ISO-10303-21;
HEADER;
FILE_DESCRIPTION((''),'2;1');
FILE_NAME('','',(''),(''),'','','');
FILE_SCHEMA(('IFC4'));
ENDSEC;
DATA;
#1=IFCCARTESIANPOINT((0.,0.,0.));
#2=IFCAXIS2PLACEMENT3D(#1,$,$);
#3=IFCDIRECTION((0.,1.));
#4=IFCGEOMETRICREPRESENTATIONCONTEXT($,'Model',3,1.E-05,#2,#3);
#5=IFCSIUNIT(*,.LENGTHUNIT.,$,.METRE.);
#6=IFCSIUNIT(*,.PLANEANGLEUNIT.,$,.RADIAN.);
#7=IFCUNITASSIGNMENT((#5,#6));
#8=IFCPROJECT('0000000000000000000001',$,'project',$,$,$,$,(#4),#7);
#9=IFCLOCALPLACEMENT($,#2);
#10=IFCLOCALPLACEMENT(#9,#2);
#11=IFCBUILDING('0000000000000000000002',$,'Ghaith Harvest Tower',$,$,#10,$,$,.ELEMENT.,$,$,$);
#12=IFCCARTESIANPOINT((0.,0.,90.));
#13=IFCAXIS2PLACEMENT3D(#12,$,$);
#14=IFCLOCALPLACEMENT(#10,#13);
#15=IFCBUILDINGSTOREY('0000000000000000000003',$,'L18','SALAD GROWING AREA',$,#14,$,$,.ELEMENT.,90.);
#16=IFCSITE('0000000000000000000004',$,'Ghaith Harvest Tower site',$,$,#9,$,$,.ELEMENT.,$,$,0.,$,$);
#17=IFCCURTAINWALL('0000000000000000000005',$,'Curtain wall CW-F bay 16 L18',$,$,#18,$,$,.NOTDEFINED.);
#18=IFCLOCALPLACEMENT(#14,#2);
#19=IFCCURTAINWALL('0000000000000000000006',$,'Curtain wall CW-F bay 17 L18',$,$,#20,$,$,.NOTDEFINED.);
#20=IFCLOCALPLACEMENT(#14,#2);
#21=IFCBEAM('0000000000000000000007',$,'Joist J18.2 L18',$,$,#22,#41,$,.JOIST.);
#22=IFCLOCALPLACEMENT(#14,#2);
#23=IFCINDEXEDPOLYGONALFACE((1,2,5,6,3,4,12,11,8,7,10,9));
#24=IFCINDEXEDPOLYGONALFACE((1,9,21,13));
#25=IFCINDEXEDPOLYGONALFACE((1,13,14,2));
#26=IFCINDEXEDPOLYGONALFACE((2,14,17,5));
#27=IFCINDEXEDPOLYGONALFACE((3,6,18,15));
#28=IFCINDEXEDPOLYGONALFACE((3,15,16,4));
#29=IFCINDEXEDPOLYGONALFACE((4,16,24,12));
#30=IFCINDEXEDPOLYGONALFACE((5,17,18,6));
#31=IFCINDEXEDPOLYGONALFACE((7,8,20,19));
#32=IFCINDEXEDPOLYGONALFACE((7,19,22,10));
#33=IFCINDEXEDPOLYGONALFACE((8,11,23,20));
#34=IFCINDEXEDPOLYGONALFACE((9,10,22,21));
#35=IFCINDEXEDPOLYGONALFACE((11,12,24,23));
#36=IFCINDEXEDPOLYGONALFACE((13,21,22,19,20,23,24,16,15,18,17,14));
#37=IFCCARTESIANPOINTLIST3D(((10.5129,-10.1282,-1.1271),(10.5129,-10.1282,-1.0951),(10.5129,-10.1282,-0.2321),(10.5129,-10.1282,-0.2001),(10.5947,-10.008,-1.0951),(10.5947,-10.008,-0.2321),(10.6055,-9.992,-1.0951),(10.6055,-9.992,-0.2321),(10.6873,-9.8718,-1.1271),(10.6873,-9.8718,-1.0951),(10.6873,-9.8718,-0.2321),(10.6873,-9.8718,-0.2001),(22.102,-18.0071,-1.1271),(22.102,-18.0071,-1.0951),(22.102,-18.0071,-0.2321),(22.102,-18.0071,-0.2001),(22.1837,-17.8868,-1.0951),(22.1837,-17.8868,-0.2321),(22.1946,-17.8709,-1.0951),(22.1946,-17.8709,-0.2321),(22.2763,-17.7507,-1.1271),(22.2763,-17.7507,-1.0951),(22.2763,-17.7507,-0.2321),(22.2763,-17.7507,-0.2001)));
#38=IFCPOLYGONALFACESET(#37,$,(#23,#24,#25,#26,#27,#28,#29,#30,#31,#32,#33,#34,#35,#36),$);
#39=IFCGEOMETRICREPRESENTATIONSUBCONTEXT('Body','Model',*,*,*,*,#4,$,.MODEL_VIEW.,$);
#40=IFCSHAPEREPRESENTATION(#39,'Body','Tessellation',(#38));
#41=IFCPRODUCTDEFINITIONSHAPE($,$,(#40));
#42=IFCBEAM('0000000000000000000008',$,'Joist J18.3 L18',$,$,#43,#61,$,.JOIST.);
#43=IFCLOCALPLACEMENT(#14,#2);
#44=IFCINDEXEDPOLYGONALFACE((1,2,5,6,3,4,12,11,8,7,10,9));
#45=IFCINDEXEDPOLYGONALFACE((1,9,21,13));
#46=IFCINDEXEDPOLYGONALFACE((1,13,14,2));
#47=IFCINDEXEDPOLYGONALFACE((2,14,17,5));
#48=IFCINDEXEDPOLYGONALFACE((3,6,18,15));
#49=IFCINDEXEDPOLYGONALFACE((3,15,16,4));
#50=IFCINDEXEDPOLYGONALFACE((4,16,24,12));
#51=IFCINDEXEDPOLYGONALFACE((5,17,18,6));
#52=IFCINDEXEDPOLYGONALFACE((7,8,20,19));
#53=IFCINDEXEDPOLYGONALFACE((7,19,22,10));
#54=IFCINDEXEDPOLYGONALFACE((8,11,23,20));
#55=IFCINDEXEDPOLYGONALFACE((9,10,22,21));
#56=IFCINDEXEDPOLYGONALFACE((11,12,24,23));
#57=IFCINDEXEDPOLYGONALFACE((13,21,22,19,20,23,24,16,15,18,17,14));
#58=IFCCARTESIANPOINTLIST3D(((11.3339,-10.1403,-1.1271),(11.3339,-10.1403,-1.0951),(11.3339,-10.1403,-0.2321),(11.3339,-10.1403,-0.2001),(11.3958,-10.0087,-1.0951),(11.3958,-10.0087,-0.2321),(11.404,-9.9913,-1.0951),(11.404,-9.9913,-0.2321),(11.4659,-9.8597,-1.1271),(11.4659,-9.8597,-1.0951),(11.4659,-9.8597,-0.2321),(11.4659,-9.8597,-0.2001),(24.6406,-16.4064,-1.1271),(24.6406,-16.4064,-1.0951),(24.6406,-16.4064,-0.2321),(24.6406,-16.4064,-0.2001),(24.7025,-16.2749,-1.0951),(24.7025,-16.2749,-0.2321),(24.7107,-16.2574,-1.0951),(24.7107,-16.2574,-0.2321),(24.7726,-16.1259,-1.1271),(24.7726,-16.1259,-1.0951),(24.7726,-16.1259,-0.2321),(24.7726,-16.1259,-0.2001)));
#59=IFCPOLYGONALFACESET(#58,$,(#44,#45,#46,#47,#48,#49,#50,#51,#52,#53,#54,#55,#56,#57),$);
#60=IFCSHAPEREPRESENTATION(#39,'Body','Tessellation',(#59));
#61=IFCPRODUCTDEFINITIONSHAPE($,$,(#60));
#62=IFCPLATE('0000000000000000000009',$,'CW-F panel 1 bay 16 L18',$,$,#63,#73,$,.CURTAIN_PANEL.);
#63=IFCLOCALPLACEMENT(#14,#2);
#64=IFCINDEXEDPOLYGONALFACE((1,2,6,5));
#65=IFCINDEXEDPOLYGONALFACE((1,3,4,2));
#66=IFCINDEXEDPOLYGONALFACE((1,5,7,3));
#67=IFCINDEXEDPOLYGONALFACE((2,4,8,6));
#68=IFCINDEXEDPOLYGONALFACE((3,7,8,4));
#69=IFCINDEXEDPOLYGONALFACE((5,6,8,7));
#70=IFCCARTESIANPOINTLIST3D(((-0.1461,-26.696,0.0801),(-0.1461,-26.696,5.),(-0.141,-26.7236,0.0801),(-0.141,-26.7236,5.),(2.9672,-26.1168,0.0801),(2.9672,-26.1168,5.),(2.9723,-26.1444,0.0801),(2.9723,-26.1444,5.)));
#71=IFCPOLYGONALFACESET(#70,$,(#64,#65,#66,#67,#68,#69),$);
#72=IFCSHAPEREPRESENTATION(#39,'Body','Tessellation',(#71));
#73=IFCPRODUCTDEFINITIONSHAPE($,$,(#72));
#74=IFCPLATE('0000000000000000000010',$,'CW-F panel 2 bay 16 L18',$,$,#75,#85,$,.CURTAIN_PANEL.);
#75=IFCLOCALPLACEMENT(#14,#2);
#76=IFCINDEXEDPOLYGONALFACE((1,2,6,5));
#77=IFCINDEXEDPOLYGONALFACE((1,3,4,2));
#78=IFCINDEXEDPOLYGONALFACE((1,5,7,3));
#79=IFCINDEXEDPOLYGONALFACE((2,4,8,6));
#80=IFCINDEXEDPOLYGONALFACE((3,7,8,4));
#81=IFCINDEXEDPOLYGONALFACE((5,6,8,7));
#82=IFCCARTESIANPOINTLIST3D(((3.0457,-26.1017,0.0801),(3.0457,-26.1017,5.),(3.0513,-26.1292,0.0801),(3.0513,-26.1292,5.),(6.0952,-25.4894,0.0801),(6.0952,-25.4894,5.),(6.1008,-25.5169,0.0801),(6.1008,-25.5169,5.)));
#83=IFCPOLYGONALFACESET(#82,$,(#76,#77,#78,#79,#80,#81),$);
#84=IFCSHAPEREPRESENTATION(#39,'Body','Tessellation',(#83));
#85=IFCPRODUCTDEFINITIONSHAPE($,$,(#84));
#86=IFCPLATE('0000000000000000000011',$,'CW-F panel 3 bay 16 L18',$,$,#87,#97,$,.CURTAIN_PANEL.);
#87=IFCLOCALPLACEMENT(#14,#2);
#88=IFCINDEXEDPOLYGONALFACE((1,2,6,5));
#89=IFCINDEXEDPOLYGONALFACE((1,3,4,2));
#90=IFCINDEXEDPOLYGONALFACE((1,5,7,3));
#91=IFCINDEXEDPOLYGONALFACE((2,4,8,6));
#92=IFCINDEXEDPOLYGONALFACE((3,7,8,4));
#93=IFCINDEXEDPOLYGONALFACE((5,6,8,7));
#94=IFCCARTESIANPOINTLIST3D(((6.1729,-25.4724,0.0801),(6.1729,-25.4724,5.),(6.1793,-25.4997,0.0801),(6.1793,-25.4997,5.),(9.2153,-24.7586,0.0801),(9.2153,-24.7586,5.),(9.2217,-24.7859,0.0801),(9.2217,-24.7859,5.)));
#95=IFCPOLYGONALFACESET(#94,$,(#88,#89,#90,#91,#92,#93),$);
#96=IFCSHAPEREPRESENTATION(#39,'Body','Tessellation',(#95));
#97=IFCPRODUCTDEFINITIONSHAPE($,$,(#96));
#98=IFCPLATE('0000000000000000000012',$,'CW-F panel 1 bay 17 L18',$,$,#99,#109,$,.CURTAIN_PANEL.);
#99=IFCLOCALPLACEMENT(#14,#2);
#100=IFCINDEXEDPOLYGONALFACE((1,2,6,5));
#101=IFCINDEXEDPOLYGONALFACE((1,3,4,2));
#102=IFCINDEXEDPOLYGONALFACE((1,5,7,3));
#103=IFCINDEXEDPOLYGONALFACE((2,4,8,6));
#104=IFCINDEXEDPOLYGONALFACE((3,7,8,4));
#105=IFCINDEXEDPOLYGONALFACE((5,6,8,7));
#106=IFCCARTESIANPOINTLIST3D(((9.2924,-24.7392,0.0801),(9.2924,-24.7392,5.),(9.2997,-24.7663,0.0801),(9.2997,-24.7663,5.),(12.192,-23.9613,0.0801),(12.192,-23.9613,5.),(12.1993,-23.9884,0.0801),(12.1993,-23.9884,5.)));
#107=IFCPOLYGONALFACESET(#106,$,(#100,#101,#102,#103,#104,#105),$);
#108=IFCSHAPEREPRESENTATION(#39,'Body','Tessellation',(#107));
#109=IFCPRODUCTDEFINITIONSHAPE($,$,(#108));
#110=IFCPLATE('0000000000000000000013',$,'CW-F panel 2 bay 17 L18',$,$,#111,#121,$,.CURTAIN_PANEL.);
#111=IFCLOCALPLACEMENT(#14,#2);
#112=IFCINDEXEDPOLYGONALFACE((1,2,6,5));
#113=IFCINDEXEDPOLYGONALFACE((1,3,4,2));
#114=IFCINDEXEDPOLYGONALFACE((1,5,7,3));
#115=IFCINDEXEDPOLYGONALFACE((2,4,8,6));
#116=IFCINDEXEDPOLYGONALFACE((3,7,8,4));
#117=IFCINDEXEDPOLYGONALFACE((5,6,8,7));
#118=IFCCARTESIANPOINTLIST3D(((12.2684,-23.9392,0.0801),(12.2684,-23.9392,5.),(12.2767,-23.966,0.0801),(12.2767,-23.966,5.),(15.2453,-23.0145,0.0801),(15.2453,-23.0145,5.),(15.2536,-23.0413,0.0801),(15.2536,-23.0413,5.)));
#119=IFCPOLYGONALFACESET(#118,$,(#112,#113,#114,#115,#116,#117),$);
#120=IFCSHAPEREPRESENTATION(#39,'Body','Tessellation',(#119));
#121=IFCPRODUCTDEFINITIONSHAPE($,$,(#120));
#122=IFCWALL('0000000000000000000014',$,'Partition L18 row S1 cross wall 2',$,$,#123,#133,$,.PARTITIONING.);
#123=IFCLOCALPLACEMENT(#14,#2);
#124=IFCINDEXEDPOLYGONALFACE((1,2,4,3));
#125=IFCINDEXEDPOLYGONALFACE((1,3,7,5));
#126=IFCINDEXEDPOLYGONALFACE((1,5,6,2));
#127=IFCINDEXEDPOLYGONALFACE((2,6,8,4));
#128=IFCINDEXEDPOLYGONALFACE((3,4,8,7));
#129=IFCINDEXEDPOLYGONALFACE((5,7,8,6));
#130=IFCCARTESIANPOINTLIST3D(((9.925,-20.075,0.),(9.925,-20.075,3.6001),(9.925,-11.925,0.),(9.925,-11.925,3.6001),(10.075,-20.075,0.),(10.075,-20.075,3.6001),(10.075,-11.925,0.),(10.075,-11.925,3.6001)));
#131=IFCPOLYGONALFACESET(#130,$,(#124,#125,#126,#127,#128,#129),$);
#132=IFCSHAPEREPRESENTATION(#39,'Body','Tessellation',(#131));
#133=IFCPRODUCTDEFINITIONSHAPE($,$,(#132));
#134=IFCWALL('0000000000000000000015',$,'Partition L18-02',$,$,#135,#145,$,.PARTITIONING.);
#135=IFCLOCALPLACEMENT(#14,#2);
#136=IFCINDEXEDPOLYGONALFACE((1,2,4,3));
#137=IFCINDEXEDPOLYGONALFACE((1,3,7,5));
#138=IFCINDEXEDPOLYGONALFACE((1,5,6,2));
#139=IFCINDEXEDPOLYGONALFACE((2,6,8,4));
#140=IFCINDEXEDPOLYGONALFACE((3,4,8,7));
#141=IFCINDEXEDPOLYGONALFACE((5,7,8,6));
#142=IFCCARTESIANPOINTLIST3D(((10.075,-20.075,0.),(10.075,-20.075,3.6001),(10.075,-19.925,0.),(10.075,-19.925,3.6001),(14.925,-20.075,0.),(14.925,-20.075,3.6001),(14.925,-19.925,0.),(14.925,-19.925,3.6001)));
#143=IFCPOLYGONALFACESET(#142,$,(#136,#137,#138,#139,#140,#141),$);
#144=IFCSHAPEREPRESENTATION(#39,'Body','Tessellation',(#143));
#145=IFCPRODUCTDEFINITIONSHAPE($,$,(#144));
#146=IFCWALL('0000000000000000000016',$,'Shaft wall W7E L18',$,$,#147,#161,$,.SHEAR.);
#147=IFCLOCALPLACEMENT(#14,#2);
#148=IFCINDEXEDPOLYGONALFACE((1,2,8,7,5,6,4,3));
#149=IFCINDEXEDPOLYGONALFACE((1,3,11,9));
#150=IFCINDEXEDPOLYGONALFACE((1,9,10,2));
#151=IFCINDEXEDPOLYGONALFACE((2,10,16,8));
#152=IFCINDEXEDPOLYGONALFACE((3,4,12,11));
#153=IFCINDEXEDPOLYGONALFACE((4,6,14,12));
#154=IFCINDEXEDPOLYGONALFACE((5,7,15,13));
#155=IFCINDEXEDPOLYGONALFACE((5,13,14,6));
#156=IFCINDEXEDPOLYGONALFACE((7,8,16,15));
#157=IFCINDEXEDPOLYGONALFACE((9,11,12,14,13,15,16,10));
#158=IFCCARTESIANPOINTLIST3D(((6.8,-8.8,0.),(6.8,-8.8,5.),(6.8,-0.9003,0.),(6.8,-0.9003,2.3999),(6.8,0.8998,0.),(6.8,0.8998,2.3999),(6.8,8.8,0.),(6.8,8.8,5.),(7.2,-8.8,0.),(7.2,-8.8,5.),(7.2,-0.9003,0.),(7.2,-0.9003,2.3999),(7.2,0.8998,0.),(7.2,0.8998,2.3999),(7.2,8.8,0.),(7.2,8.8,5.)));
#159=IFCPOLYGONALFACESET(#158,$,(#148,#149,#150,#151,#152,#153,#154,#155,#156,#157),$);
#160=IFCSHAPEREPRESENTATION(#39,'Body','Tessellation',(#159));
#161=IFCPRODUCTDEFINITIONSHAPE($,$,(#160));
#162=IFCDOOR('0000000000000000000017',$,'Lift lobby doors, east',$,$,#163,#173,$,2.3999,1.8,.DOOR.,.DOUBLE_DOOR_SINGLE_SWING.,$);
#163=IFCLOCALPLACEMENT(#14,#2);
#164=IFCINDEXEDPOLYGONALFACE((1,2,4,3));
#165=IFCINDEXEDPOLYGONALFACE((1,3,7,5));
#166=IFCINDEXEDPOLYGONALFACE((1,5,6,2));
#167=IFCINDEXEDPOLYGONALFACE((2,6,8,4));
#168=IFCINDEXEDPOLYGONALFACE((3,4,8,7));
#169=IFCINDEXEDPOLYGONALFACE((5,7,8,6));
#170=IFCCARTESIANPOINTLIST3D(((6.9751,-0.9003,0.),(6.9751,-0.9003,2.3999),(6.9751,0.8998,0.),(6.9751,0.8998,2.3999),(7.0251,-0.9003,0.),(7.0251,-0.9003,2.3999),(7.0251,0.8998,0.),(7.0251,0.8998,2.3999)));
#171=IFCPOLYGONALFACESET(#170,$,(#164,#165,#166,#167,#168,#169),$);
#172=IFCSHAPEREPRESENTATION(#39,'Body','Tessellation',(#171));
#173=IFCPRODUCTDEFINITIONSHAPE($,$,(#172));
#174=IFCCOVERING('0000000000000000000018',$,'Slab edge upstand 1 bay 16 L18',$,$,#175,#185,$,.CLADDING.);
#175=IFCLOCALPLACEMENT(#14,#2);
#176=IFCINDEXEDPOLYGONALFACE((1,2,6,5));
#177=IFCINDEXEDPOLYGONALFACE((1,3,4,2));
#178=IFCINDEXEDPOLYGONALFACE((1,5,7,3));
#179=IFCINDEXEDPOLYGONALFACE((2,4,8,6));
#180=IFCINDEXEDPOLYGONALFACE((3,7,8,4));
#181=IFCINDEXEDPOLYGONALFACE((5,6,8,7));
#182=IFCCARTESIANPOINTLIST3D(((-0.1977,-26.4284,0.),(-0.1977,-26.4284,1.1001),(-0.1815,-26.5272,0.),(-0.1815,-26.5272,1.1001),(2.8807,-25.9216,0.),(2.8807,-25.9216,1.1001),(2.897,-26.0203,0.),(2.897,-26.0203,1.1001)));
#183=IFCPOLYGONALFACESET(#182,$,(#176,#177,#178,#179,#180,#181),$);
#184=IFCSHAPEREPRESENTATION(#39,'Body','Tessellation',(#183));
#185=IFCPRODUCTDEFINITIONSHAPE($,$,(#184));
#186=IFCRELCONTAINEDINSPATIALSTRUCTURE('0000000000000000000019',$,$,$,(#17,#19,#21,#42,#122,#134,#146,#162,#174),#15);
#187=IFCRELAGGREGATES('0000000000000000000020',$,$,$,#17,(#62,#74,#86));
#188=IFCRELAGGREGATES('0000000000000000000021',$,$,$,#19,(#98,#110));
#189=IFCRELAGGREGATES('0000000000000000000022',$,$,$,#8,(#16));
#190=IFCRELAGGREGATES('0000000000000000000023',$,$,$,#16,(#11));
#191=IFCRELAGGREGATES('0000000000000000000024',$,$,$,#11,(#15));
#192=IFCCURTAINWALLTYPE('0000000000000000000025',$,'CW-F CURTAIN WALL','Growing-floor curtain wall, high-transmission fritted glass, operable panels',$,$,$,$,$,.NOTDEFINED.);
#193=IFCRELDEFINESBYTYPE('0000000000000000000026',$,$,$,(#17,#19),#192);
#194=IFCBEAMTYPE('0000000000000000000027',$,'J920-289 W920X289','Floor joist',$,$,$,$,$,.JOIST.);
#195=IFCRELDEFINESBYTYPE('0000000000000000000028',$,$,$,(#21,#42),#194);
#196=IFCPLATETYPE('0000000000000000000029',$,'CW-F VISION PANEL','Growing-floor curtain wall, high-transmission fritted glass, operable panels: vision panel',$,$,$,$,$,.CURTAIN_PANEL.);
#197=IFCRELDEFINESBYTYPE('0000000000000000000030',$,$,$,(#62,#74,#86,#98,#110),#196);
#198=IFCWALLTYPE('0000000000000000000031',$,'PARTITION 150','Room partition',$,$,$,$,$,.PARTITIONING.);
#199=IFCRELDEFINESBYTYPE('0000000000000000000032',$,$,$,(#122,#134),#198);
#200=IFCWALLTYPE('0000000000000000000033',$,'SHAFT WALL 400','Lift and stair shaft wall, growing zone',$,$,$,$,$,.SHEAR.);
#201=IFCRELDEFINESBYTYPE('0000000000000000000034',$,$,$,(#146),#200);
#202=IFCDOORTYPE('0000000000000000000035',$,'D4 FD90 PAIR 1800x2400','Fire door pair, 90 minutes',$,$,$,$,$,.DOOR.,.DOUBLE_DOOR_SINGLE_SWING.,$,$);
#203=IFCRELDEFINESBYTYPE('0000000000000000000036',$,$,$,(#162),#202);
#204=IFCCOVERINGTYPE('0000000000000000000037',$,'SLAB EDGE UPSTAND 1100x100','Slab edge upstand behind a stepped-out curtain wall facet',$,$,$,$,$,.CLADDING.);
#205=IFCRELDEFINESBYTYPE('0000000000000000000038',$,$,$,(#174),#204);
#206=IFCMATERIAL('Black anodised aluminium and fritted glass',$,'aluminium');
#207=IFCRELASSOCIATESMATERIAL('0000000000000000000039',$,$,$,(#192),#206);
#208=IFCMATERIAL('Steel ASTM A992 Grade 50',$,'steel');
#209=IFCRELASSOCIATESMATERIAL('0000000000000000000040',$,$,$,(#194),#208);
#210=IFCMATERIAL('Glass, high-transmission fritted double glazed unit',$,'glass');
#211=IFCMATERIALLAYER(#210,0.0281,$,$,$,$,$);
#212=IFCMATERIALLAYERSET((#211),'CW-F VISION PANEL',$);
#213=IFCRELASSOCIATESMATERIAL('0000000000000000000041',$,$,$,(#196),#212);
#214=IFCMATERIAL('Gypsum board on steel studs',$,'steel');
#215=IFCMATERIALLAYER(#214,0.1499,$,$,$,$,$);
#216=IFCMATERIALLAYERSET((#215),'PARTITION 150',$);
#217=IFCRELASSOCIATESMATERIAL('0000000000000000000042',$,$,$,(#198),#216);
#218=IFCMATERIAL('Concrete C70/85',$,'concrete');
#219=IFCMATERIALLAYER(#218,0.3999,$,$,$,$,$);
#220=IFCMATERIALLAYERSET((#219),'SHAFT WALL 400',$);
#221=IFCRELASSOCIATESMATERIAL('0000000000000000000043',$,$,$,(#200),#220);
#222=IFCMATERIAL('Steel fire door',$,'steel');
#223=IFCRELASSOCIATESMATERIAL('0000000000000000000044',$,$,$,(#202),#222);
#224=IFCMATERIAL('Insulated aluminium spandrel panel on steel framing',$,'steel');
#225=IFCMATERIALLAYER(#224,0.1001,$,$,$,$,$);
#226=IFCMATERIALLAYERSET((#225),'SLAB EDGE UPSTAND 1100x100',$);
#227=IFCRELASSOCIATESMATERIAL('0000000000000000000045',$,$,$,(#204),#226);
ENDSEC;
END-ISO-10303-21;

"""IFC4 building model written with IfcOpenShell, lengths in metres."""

from ifc_helpers import new_model, si_unit, direction, frame, frame_2d, origin, origin_2d, place, context, subcontext, project, spatial, rectangle, i_section, extrude, material, layer, layer_set, material_profile, profile_set, type_object, element, fill, aggregate, save


model = new_model("IFC4")

# Units and contexts
model_context = context("Model", 3, precision=1e-05, world=origin(), true_north=direction((0.0, 1.0)))
body_context = subcontext(model_context, "Body", "Model", "MODEL_VIEW")
ifc_project = project(units=[si_unit("LENGTHUNIT", "METRE"), si_unit("PLANEANGLEUNIT", "RADIAN")], contexts=[model_context])

# Site, building, storey
site_placement = place(None, origin())
site = spatial("IfcSite", under=ifc_project, at=site_placement, Name="Ghaith Harvest Tower site", CompositionType="ELEMENT", RefElevation=0.0)
building_placement = place(site_placement, origin())
building = spatial("IfcBuilding", under=site, at=building_placement, Name="Ghaith Harvest Tower", CompositionType="ELEMENT")
storey_placement = place(building_placement, frame((0.0, 0.0, 90.0)))
storey = spatial("IfcBuildingStorey", under=building, at=storey_placement, Name="L18", Description="SALAD GROWING AREA", CompositionType="ELEMENT", Elevation=90.0)

# Curtain walls
ifc_material_1 = material(Name="Black anodised aluminium and fritted glass", Category="aluminium")
curtain_wall_type = type_object("IfcCurtainWallType", Name="CW-F CURTAIN WALL", Description="Growing-floor curtain wall, high-transmission fritted glass, operable panels", PredefinedType="NOTDEFINED", material=ifc_material_1)
curtain_wall_1_placement = place(storey_placement, origin())
curtain_wall_1 = element("IfcCurtainWall", 1, at=curtain_wall_1_placement, inside=storey, type_object=curtain_wall_type, Name="Curtain wall CW-F bay 16 L18", PredefinedType="NOTDEFINED")
curtain_wall_2_placement = place(storey_placement, origin())
curtain_wall_2 = element("IfcCurtainWall", 2, at=curtain_wall_2_placement, inside=storey, type_object=curtain_wall_type, Name="Curtain wall CW-F bay 17 L18", PredefinedType="NOTDEFINED")

# Beams
ifc_material_2 = material(Name="Steel ASTM A992 Grade 50", Category="steel")
ifc_material_profile_1 = material_profile(ifc_material_2, i_section(OverallWidth=0.3101, OverallDepth=0.927, WebThickness=0.0193, FlangeThickness=0.032, at=origin_2d()), Name="W920X289")
ifc_profile_set_1 = profile_set([ifc_material_profile_1], Name="Steel ASTM A992 Grade 50")
beam_type_1 = type_object("IfcBeamType", Name="J920-289 W920X289", Description="Floor joist", PredefinedType="JOIST", material=ifc_profile_set_1)
beam_1_placement = place(storey_placement, frame((10.6001, -10.0, -0.6636), z_axis=(0.826983, -0.562228, 0.0), x_axis=(0.562228, 0.826983, 0.0)))
element("IfcBeam", 3, at=beam_1_placement, inside=storey, type_object=beam_type_1, Name="Joist J18.2 L18", PredefinedType="JOIST", context=body_context, shape_type="SweptSolid", body=[
    extrude(i_section(OverallWidth=0.3101, OverallDepth=0.927, WebThickness=0.0193, FlangeThickness=0.032, at=origin_2d()), origin(), (0.0, 0.0, 1.0), 14.0137),
])
beam_2_placement = place(storey_placement, frame((11.3999, -10.0, -0.6636), z_axis=(0.90471, -0.426029, 0.0), x_axis=(0.426029, 0.90471, 0.0)))
element("IfcBeam", 4, at=beam_2_placement, inside=storey, type_object=beam_type_1, Name="Joist J18.3 L18", PredefinedType="JOIST", context=body_context, shape_type="SweptSolid", body=[
    extrude(i_section(OverallWidth=0.3101, OverallDepth=0.927, WebThickness=0.0193, FlangeThickness=0.032, at=origin_2d()), origin(), (0.0, 0.0, 1.0), 14.7083),
])

# Plates
ifc_material_3 = material(Name="Glass, high-transmission fritted double glazed unit", Category="glass")
ifc_layer_1 = layer(ifc_material_3, 0.0281)
ifc_layer_set_1 = layer_set([ifc_layer_1], Name="CW-F VISION PANEL")
plate_type = type_object("IfcPlateType", Name="CW-F VISION PANEL", Description="Growing-floor curtain wall, high-transmission fritted glass, operable panels: vision panel", PredefinedType="CURTAIN_PANEL", material=ifc_layer_set_1)
plate_1_placement = place(storey_placement, frame((1.4131, -26.4202, 0.0801), z_axis=(0.0, 0.0, 1.0), x_axis=(0.983131, 0.182902, 0.0)))
plate_1 = element("IfcPlate", 5, at=plate_1_placement, type_object=plate_type, Name="CW-F panel 1 bay 16 L18", PredefinedType="CURTAIN_PANEL", context=body_context, shape_type="SweptSolid", body=[
    extrude(rectangle(XDim=3.1667, YDim=0.0281, at=origin_2d()), origin(), (0.0, 0.0, 1.0), 4.9199),
])
plate_2_placement = place(storey_placement, frame((4.5732, -25.8093, 0.0801), z_axis=(0.0, 0.0, 1.0), x_axis=(0.980432, 0.196856, 0.0)))
plate_2 = element("IfcPlate", 6, at=plate_2_placement, type_object=plate_type, Name="CW-F panel 2 bay 16 L18", PredefinedType="CURTAIN_PANEL", context=body_context, shape_type="SweptSolid", body=[
    extrude(rectangle(XDim=3.1104, YDim=0.0281, at=origin_2d()), origin(), (0.0, 0.0, 1.0), 4.9199),
])
plate_3_placement = place(storey_placement, frame((7.6973, -25.1292, 0.0801), z_axis=(0.0, 0.0, 1.0), x_axis=(0.973565, 0.228411, 0.0)))
plate_3 = element("IfcPlate", 7, at=plate_3_placement, type_object=plate_type, Name="CW-F panel 3 bay 16 L18", PredefinedType="CURTAIN_PANEL", context=body_context, shape_type="SweptSolid", body=[
    extrude(rectangle(XDim=3.125, YDim=0.0281, at=origin_2d()), origin(), (0.0, 0.0, 1.0), 4.9199),
])
aggregate(curtain_wall_1, [plate_1, plate_2, plate_3])
plate_4_placement = place(storey_placement, frame((10.7458, -24.3638, 0.0801), z_axis=(0.0, 0.0, 1.0), x_axis=(0.965848, 0.259108, 0.0)))
plate_4 = element("IfcPlate", 8, at=plate_4_placement, type_object=plate_type, Name="CW-F panel 1 bay 17 L18", PredefinedType="CURTAIN_PANEL", context=body_context, shape_type="SweptSolid", body=[
    extrude(rectangle(XDim=3.0022, YDim=0.0281, at=origin_2d()), origin(), (0.0, 0.0, 1.0), 4.9199),
])
plate_5_placement = place(storey_placement, frame((13.761, -23.4902, 0.0801), z_axis=(0.0, 0.0, 1.0), x_axis=(0.954988, 0.296644, 0.0)))
plate_5 = element("IfcPlate", 9, at=plate_5_placement, type_object=plate_type, Name="CW-F panel 2 bay 17 L18", PredefinedType="CURTAIN_PANEL", context=body_context, shape_type="SweptSolid", body=[
    extrude(rectangle(XDim=3.1172, YDim=0.0281, at=origin_2d()), origin(), (0.0, 0.0, 1.0), 4.9199),
])
aggregate(curtain_wall_2, [plate_4, plate_5])

# Wall
ifc_material_4 = material(Name="Gypsum board on steel studs", Category="steel")
ifc_layer_2 = layer(ifc_material_4, 0.1499)
ifc_layer_set_2 = layer_set([ifc_layer_2], Name="PARTITION 150")
wall_type_1 = type_object("IfcWallType", Name="PARTITION 150", Description="Room partition", PredefinedType="PARTITIONING", material=ifc_layer_set_2)
wall_1_placement = place(storey_placement, frame((10.0, -11.925, 0.0), z_axis=(0.0, 0.0, 1.0), x_axis=(0.0, -1.0, 0.0)))
element("IfcWall", 10, at=wall_1_placement, inside=storey, type_object=wall_type_1, Name="Partition L18 row S1 cross wall 2", PredefinedType="PARTITIONING", context=body_context, shape_type="SweptSolid", body=[
    extrude(rectangle(XDim=8.1499, YDim=0.1499, at=frame_2d((4.075, 0.0))), origin(), (0.0, 0.0, 1.0), 3.6001),
])

# Wall
wall_2_placement = place(storey_placement, frame((10.075, -20.0, 0.0), z_axis=(0.0, 0.0, 1.0), x_axis=(1.0, 0.0, 0.0)))
element("IfcWall", 11, at=wall_2_placement, inside=storey, type_object=wall_type_1, Name="Partition L18-02", PredefinedType="PARTITIONING", context=body_context, shape_type="SweptSolid", body=[
    extrude(rectangle(XDim=4.8501, YDim=0.1499, at=frame_2d((2.425, 0.0))), origin(), (0.0, 0.0, 1.0), 3.6001),
])

# Wall, opening, door
ifc_material_5 = material(Name="Concrete C70/85", Category="concrete")
ifc_layer_3 = layer(ifc_material_5, 0.3999)
ifc_layer_set_3 = layer_set([ifc_layer_3], Name="SHAFT WALL 400")
wall_type_2 = type_object("IfcWallType", Name="SHAFT WALL 400", Description="Lift and stair shaft wall, growing zone", PredefinedType="SHEAR", material=ifc_layer_set_3)
wall_3_placement = place(storey_placement, frame((7.0, -8.8, 0.0), z_axis=(0.0, 0.0, 1.0), x_axis=(0.0, 1.0, 0.0)))
wall_3 = element("IfcWall", 12, at=wall_3_placement, inside=storey, type_object=wall_type_2, Name="Shaft wall W7E L18", PredefinedType="SHEAR", context=body_context, shape_type="SweptSolid", body=[
    extrude(rectangle(XDim=17.6001, YDim=0.3999, at=frame_2d((8.8, 0.0))), origin(), (0.0, 0.0, 1.0), 5.0),
])
opening_1_placement = place(wall_3_placement, frame((7.8999, 0.0, 0.0)))
opening_1 = element("IfcOpeningElement", 13, at=opening_1_placement, cuts=wall_3, PredefinedType="OPENING", context=body_context, shape_type="SweptSolid", body=[
    extrude(rectangle(XDim=1.8, YDim=2.3999, at=frame_2d((0.8999, 1.2))), frame((0.0, 0.21, 0.0), z_axis=(0.0, -1.0, 0.0), x_axis=(1.0, 0.0, 0.0)), (0.0, 0.0, 1.0), 0.4199),
])
ifc_material_6 = material(Name="Steel fire door", Category="steel")
door_type_1 = type_object("IfcDoorType", Name="D4 FD90 PAIR 1800x2400", Description="Fire door pair, 90 minutes", OperationType="DOUBLE_DOOR_SINGLE_SWING", PredefinedType="DOOR", material=ifc_material_6)
door_1_placement = place(opening_1_placement, origin())
door_1 = element("IfcDoor", 14, at=door_1_placement, inside=storey, type_object=door_type_1, Name="Lift lobby doors, east", OperationType="DOUBLE_DOOR_SINGLE_SWING", OverallHeight=2.3999, OverallWidth=1.8, PredefinedType="DOOR", context=body_context, shape_type="SweptSolid", body=[
    extrude(rectangle(XDim=1.8, YDim=2.3999, at=frame_2d((0.8999, 1.2))), frame((0.0, 0.0249, 0.0), z_axis=(0.0, -1.0, 0.0), x_axis=(1.0, 0.0, 0.0)), (0.0, 0.0, 1.0), 0.05),
])
fill(opening_1, door_1)

# Covering
ifc_material_7 = material(Name="Insulated aluminium spandrel panel on steel framing", Category="steel")
ifc_layer_4 = layer(ifc_material_7, 0.1001)
ifc_layer_set_4 = layer_set([ifc_layer_4], Name="SLAB EDGE UPSTAND 1100x100")
covering_type = type_object("IfcCoveringType", Name="SLAB EDGE UPSTAND 1100x100", Description="Slab edge upstand behind a stepped-out curtain wall facet", PredefinedType="CLADDING", material=ifc_layer_set_4)
covering_placement = place(storey_placement, frame((1.3496, -26.2244, 0.0), z_axis=(0.0, 0.0, 1.0), x_axis=(0.986716, 0.162453, 0.0)))
element("IfcCovering", 15, at=covering_placement, inside=storey, type_object=covering_type, Name="Slab edge upstand 1 bay 16 L18", PredefinedType="CLADDING", context=body_context, shape_type="SweptSolid", body=[
    extrude(rectangle(XDim=3.1199, YDim=0.1001, at=origin_2d()), origin(), (0.0, 0.0, 1.0), 1.1001),
])

save(model, "model.ifc")
